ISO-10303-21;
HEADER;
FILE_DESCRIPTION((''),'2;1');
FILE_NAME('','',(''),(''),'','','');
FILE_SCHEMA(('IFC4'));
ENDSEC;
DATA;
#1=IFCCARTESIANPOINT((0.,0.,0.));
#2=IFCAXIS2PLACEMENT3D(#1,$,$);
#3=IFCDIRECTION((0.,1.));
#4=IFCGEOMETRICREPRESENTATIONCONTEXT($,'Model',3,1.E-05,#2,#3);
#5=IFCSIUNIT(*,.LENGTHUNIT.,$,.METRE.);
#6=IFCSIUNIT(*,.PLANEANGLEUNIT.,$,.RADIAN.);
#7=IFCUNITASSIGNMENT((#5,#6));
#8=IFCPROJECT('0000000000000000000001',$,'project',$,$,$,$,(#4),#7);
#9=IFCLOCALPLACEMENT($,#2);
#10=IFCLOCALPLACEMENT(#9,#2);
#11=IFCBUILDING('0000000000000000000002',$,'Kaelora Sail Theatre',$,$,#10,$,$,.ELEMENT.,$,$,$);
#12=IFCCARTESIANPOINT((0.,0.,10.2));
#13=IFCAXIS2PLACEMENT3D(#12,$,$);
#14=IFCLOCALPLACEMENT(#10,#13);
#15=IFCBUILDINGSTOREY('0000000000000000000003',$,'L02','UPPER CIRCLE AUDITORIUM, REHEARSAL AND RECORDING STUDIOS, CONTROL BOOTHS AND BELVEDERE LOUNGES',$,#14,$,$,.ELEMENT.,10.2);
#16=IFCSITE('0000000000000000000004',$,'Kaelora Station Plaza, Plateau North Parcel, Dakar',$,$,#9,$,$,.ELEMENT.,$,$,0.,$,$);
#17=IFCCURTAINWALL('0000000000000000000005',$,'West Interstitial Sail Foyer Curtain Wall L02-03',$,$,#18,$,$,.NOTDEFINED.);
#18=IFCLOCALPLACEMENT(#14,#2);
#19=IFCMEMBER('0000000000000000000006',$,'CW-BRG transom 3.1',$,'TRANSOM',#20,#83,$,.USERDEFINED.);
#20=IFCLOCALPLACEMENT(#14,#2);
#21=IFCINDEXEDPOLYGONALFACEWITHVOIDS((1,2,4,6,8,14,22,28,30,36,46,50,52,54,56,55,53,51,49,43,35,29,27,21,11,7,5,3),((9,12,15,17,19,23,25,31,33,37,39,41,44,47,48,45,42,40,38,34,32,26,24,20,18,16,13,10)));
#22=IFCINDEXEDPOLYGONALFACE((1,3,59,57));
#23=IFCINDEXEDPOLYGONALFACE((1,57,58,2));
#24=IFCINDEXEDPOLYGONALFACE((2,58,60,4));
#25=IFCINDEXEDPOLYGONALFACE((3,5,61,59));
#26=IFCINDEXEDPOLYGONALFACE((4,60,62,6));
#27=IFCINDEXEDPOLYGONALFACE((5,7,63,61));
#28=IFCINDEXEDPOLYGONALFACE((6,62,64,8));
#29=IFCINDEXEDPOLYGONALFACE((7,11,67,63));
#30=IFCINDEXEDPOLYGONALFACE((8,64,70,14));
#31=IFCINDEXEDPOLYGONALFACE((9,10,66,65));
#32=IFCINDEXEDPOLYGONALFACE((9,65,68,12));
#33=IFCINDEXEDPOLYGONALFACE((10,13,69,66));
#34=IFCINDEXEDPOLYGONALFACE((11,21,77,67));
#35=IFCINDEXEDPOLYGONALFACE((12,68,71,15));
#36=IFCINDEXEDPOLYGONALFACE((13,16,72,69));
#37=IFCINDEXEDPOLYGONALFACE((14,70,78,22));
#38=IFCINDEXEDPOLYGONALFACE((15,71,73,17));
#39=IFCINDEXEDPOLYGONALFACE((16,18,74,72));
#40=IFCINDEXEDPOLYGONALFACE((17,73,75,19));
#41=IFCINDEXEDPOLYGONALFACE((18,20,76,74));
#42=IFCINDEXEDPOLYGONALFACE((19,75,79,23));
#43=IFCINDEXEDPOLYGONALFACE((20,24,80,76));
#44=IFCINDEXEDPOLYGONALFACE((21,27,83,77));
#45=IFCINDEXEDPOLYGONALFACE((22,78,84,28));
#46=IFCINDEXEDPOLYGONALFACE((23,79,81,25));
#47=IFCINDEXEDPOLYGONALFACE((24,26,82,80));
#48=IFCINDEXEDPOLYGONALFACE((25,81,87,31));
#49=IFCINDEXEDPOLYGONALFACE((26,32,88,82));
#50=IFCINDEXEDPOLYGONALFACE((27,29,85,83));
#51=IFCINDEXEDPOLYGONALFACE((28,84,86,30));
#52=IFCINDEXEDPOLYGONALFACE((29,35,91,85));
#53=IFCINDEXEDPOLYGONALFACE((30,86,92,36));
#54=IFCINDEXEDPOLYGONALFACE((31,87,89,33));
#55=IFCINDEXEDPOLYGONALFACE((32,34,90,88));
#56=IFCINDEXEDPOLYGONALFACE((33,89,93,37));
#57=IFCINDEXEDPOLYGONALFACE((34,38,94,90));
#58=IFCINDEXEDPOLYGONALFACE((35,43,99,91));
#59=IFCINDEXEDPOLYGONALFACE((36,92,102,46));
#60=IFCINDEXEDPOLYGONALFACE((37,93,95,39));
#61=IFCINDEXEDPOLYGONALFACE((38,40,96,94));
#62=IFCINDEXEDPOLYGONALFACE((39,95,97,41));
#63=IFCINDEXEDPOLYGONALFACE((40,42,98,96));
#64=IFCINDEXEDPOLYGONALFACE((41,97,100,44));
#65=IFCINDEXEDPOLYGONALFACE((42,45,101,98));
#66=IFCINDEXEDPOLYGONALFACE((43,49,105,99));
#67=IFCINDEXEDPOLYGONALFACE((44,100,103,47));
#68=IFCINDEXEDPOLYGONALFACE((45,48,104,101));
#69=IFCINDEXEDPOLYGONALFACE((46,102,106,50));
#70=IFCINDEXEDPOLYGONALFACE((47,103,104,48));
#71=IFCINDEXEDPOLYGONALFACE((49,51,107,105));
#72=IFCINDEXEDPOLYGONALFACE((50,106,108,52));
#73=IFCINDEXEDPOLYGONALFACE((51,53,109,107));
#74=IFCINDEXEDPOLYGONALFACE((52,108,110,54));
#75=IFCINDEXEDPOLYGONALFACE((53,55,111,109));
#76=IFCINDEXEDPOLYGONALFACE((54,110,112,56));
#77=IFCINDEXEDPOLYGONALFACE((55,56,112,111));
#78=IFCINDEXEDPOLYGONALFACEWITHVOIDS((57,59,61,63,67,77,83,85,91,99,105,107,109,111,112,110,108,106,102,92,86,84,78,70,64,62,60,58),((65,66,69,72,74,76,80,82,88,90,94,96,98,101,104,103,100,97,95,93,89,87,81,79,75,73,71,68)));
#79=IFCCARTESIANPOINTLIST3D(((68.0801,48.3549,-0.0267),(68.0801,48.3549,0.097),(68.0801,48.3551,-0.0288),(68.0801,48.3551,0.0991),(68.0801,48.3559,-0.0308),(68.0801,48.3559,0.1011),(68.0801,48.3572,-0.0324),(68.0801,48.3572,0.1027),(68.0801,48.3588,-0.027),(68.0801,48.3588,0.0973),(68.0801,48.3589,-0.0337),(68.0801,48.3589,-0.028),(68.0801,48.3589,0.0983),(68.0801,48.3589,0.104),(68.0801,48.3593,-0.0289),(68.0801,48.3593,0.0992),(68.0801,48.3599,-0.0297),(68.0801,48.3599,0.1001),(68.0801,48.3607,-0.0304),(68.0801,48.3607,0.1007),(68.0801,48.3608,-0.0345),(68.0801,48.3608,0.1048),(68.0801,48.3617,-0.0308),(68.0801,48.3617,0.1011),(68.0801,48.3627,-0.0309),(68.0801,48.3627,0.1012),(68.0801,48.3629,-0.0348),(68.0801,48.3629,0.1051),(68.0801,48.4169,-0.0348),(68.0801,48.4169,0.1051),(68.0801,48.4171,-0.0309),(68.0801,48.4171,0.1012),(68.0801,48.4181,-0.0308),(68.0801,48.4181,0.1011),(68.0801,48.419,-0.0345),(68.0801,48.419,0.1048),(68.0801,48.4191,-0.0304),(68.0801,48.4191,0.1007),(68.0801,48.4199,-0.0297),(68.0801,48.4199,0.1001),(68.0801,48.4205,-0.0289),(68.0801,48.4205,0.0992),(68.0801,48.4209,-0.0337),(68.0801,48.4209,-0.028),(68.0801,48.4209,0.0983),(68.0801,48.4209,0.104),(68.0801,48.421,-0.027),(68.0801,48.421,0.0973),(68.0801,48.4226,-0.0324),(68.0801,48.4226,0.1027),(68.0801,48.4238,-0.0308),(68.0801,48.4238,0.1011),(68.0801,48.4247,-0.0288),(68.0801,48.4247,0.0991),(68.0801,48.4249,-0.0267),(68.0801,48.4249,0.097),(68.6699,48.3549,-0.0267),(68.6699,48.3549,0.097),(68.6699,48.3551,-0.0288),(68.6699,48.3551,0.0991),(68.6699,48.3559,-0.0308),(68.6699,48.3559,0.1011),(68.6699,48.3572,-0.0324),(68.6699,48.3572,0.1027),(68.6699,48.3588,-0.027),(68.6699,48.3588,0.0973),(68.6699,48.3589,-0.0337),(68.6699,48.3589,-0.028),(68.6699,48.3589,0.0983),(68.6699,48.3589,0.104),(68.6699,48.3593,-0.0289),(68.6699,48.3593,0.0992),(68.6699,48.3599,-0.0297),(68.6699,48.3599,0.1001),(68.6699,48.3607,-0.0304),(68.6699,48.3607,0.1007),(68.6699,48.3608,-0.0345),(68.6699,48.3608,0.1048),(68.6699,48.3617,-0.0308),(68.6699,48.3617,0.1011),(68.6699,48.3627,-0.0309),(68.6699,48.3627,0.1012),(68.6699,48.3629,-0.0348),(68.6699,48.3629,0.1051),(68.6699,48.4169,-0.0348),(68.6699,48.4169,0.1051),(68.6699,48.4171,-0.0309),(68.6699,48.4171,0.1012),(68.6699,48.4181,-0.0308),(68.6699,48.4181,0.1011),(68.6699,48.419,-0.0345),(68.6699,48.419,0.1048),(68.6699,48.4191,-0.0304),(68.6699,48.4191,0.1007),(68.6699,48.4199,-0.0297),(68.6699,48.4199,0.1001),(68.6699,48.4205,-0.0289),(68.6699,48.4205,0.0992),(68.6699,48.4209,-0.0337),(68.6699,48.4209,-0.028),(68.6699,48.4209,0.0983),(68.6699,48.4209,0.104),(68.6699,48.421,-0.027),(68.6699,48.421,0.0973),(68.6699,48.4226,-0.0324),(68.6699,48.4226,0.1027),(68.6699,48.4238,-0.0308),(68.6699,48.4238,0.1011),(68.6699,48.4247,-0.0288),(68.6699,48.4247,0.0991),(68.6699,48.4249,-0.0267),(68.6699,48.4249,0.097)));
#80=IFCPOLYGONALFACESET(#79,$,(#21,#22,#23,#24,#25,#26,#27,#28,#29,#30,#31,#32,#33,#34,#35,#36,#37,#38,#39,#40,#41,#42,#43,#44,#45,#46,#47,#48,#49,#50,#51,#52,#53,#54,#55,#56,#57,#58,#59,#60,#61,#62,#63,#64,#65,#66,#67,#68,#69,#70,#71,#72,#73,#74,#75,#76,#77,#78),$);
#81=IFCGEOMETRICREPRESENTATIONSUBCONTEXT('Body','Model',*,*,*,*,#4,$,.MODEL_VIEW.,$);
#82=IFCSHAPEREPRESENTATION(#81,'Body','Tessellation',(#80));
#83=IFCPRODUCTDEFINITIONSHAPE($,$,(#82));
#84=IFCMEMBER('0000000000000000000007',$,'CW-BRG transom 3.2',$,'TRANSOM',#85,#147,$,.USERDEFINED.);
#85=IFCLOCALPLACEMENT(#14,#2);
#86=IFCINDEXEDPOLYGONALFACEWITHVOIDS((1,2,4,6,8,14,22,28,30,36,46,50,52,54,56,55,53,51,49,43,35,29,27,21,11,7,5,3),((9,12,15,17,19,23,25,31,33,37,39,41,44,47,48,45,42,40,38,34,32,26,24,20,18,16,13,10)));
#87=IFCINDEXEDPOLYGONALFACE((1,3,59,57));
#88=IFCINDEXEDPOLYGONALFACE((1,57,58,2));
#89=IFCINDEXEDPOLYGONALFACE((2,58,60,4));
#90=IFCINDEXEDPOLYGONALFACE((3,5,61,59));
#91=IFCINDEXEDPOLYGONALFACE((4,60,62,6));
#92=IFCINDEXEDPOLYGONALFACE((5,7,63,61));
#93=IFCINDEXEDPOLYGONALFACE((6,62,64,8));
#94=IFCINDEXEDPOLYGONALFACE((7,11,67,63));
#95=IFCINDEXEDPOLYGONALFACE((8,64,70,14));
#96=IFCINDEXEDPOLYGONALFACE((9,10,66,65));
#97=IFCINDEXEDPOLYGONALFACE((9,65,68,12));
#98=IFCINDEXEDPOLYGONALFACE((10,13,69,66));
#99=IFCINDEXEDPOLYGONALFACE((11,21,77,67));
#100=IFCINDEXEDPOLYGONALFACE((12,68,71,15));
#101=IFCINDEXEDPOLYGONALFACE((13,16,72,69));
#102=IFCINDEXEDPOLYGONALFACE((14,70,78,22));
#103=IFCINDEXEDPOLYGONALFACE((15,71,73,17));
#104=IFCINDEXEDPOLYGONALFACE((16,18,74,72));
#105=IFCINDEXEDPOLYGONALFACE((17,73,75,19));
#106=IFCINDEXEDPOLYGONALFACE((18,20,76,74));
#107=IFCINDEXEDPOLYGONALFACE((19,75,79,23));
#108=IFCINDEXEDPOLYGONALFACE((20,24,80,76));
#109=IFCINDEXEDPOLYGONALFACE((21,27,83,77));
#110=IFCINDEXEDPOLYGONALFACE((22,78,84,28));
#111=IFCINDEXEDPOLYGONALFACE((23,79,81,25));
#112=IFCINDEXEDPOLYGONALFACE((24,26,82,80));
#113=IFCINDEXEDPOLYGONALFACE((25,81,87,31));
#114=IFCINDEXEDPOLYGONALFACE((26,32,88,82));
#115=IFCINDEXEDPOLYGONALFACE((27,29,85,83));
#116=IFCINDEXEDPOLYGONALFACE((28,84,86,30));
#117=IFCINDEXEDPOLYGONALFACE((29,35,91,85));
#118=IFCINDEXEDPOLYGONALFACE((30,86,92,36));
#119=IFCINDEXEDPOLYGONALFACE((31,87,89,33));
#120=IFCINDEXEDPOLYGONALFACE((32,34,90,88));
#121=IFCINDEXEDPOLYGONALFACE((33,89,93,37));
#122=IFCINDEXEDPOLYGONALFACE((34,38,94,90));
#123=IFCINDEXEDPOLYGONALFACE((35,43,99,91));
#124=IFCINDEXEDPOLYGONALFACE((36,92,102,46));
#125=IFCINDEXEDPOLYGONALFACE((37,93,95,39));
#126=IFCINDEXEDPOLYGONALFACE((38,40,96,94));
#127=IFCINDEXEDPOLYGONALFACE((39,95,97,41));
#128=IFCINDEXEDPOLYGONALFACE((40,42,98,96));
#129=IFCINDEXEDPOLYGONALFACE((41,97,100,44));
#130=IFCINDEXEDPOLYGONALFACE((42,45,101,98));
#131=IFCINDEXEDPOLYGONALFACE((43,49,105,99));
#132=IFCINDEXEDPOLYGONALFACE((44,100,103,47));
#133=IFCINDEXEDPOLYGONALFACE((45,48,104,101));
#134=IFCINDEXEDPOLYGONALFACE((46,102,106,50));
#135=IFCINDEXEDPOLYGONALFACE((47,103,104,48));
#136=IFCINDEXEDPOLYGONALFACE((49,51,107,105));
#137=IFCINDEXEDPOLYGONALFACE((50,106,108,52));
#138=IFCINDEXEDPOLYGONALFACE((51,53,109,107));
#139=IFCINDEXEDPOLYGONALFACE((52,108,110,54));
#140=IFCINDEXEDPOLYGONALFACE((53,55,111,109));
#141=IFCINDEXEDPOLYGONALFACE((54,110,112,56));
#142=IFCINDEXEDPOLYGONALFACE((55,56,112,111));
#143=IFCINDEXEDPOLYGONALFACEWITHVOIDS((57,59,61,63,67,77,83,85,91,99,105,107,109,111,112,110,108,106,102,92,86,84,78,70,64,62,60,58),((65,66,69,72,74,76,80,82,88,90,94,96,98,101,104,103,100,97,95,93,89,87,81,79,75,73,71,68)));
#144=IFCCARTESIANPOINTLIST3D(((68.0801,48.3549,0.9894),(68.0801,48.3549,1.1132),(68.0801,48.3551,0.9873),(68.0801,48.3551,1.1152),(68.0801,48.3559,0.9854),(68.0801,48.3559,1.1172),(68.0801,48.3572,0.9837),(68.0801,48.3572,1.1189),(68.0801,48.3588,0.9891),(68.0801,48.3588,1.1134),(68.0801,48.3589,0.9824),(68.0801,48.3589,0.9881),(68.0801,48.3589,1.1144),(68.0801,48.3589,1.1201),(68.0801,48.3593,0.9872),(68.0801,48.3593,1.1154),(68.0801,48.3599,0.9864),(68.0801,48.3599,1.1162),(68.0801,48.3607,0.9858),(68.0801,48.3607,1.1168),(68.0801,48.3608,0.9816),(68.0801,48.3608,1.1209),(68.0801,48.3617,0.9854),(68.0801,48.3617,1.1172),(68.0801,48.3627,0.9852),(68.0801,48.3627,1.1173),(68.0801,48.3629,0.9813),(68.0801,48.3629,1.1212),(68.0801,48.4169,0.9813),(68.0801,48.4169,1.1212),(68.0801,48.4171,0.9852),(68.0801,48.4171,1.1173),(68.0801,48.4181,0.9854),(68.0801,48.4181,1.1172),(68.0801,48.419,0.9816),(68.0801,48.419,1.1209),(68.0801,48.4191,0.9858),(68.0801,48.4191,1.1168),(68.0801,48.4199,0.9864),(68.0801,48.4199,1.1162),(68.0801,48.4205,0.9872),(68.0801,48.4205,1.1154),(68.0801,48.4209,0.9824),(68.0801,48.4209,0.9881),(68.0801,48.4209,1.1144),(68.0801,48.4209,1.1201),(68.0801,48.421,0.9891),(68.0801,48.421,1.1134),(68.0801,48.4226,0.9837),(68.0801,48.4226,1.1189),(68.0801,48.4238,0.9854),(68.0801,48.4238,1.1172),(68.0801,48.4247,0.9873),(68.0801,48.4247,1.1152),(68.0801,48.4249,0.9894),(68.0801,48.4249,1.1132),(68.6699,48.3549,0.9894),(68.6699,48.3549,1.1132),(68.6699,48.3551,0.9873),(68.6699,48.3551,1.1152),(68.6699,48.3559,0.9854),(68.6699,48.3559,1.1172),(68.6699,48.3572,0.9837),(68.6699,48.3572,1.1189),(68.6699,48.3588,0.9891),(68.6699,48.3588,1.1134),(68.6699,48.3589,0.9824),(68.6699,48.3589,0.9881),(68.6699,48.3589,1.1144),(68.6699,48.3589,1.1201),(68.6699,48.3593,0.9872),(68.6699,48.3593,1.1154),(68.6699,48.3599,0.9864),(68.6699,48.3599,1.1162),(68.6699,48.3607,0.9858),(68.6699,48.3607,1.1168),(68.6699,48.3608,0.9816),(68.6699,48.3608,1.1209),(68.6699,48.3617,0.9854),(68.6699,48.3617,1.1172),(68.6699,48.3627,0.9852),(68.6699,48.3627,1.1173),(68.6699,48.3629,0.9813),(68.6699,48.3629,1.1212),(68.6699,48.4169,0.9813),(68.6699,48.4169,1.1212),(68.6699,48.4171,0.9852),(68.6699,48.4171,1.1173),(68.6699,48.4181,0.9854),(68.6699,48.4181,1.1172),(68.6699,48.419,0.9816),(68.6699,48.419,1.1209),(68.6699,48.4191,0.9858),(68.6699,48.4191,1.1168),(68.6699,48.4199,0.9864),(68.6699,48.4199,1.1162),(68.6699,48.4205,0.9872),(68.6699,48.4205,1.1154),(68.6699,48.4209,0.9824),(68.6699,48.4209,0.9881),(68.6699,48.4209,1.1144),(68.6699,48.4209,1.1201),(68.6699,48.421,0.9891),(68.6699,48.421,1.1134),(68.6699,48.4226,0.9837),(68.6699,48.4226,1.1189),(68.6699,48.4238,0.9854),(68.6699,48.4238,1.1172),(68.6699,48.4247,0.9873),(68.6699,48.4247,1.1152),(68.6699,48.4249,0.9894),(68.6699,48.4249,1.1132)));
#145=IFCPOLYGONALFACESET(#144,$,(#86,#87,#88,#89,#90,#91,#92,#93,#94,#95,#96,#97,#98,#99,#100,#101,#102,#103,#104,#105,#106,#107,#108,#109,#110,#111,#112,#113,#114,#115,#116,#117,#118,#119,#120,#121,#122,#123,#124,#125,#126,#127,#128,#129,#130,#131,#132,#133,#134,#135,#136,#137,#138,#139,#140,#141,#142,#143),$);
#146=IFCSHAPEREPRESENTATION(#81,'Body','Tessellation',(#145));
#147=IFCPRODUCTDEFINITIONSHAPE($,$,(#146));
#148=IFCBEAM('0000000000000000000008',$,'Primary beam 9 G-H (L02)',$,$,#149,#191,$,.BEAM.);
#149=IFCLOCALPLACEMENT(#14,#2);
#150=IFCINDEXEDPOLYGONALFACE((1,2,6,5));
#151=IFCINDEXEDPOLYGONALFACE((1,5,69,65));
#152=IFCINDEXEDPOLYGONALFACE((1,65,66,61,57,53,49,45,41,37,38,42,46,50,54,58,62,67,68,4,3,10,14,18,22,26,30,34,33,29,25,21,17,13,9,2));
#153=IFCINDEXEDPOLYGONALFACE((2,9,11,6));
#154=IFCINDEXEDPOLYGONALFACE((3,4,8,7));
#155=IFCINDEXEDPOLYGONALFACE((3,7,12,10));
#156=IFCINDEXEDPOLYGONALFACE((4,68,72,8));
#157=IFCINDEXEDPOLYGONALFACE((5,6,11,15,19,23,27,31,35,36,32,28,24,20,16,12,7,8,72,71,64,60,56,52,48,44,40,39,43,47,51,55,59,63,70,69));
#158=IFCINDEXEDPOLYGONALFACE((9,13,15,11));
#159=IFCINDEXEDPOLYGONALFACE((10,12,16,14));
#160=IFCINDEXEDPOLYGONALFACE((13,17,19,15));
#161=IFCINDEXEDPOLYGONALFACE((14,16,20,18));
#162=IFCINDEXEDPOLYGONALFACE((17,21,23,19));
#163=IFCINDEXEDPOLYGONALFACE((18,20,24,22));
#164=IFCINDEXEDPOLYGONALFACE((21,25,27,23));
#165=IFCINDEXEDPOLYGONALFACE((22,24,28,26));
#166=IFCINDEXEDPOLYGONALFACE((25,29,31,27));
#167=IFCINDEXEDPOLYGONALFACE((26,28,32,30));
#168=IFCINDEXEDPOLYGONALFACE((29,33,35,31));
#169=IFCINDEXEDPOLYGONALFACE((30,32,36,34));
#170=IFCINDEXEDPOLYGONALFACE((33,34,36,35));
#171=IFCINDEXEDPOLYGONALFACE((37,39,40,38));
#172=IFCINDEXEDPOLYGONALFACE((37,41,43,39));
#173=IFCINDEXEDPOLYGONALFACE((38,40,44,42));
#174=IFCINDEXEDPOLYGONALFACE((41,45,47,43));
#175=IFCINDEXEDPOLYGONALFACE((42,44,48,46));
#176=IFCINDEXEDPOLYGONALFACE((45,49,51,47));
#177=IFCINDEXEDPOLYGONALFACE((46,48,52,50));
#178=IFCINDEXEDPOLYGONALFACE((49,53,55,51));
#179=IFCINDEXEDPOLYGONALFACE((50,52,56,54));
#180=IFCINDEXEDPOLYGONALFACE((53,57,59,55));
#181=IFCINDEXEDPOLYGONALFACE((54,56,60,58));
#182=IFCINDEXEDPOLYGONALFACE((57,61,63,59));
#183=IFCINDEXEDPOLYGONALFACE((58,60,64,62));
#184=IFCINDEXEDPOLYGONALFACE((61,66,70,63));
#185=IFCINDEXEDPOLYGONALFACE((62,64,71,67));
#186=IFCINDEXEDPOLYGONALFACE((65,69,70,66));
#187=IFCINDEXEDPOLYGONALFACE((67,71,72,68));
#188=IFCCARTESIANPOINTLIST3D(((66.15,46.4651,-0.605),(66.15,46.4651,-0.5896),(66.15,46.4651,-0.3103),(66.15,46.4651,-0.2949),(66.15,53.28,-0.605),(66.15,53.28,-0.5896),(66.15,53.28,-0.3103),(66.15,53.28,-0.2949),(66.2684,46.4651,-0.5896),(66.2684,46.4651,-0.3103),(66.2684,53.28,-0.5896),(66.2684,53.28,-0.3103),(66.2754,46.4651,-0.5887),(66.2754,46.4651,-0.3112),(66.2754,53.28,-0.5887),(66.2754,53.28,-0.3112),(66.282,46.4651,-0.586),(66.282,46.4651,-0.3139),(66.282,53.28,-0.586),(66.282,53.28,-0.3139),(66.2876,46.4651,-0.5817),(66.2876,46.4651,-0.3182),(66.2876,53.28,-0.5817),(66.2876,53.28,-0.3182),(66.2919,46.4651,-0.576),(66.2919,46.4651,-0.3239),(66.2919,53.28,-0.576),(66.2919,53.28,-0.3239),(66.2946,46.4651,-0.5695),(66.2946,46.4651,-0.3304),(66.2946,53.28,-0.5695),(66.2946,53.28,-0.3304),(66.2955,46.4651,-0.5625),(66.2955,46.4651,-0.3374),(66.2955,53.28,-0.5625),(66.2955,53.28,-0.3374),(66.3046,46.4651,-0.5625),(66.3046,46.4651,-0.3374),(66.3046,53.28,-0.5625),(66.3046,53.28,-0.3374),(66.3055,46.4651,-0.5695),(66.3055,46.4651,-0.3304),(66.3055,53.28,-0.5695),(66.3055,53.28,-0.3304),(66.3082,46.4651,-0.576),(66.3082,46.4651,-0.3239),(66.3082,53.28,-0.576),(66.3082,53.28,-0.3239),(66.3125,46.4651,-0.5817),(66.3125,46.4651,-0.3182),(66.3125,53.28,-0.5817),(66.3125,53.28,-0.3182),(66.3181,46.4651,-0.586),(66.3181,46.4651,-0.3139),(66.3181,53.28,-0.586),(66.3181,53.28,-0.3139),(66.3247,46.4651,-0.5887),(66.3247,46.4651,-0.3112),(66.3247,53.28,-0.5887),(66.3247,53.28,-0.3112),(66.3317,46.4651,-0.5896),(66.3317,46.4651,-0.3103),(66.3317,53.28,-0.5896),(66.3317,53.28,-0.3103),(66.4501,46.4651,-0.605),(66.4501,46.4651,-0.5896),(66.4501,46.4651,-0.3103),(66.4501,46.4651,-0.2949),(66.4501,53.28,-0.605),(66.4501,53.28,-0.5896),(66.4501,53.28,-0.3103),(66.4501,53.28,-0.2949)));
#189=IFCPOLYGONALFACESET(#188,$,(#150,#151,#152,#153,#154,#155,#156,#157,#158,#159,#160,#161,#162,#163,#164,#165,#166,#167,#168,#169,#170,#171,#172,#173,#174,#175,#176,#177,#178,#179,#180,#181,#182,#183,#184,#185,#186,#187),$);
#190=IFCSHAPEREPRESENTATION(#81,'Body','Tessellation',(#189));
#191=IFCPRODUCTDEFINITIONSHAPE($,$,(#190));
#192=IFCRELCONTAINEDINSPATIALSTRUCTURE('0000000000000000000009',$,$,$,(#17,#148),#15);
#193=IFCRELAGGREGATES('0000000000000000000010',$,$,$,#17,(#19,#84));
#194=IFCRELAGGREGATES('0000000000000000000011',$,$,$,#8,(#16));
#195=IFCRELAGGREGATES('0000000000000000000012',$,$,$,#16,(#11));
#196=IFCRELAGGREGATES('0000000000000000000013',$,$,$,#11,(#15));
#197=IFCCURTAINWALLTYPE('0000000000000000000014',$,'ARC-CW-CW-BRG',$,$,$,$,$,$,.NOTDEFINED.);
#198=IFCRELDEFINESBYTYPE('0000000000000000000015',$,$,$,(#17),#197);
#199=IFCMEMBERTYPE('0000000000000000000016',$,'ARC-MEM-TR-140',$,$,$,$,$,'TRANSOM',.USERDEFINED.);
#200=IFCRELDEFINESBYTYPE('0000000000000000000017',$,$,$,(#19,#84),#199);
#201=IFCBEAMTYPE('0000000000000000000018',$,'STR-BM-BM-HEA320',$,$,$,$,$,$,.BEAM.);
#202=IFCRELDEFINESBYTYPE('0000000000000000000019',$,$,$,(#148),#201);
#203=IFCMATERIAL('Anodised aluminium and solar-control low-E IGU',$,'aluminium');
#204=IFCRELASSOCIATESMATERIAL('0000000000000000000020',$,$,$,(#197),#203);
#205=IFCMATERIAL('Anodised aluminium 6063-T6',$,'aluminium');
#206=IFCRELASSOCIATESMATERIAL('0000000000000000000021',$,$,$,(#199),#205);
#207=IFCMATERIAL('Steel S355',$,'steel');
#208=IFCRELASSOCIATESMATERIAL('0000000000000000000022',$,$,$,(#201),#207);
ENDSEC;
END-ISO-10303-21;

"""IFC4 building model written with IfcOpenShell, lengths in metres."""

from ifc_helpers import new_model, si_unit, direction, frame, origin, origin_2d, place, context, subcontext, project, spatial, hollow_rectangle, i_section, extrude, material, material_profile, profile_set, type_object, element, aggregate, save


model = new_model("IFC4")

# Units and contexts
model_context = context("Model", 3, precision=1e-05, world=origin(), true_north=direction((0.0, 1.0)))
body_context = subcontext(model_context, "Body", "Model", "MODEL_VIEW")
ifc_project = project(units=[si_unit("LENGTHUNIT", "METRE"), si_unit("PLANEANGLEUNIT", "RADIAN")], contexts=[model_context])

# Site, building, storey
site_placement = place(None, origin())
site = spatial("IfcSite", under=ifc_project, at=site_placement, Name="Kaelora Station Plaza, Plateau North Parcel, Dakar", CompositionType="ELEMENT", RefElevation=0.0)
building_placement = place(site_placement, origin())
building = spatial("IfcBuilding", under=site, at=building_placement, Name="Kaelora Sail Theatre", CompositionType="ELEMENT")
storey_placement = place(building_placement, frame((0.0, 0.0, 10.2)))
storey = spatial("IfcBuildingStorey", under=building, at=storey_placement, Name="L02", Description="UPPER CIRCLE AUDITORIUM, REHEARSAL AND RECORDING STUDIOS, CONTROL BOOTHS AND BELVEDERE LOUNGES", CompositionType="ELEMENT", Elevation=10.2)

# Shared definitions
ifc_material_1 = material(Name="Anodised aluminium and solar-control low-E IGU", Category="aluminium")
curtain_wall_type = type_object("IfcCurtainWallType", Name="ARC-CW-CW-BRG", PredefinedType="NOTDEFINED", material=ifc_material_1)

# Curtain wall, members
curtain_wall_1_placement = place(storey_placement, origin())
curtain_wall_1 = element("IfcCurtainWall", 1, at=curtain_wall_1_placement, inside=storey, type_object=curtain_wall_type, Name="West Interstitial Sail Foyer Curtain Wall L02-03", PredefinedType="NOTDEFINED")
ifc_material_2 = material(Name="Anodised aluminium 6063-T6", Category="aluminium")
ifc_material_profile_1 = material_profile(ifc_material_2, hollow_rectangle(XDim=0.0701, YDim=0.1399, WallThickness=0.0039, InnerFilletRadius=0.0039, OuterFilletRadius=0.0081, at=origin_2d()), Name="ALU-TRAN 70x140x4")
ifc_profile_set_1 = profile_set([ifc_material_profile_1], Name="Anodised aluminium 6063-T6")
member_type_1 = type_object("IfcMemberType", Name="ARC-MEM-TR-140", ElementType="TRANSOM", PredefinedType="USERDEFINED", material=ifc_profile_set_1)
member_1_placement = place(storey_placement, frame((68.0801, 48.3899, 0.0352), z_axis=(1.0, 0.0, 0.0), x_axis=(0.0, 1.0, 0.0)))
member_1 = element("IfcMember", 2, at=member_1_placement, type_object=member_type_1, Name="CW-BRG transom 3.1", ObjectType="TRANSOM", PredefinedType="USERDEFINED", context=body_context, shape_type="SweptSolid", body=[
    extrude(hollow_rectangle(XDim=0.0701, YDim=0.1399, WallThickness=0.0039, InnerFilletRadius=0.0039, OuterFilletRadius=0.0081, at=origin_2d()), origin(), (0.0, 0.0, 1.0), 0.5898),
])
member_2_placement = place(storey_placement, frame((68.0801, 48.3899, 1.0513), z_axis=(1.0, 0.0, 0.0), x_axis=(0.0, 1.0, 0.0)))
member_2 = element("IfcMember", 3, at=member_2_placement, type_object=member_type_1, Name="CW-BRG transom 3.2", ObjectType="TRANSOM", PredefinedType="USERDEFINED", context=body_context, shape_type="SweptSolid", body=[
    extrude(hollow_rectangle(XDim=0.0701, YDim=0.1399, WallThickness=0.0039, InnerFilletRadius=0.0039, OuterFilletRadius=0.0081, at=origin_2d()), origin(), (0.0, 0.0, 1.0), 0.5898),
])

# Beam
ifc_material_3 = material(Name="Steel S355", Category="steel")
ifc_material_profile_2 = material_profile(ifc_material_3, i_section(OverallWidth=0.3, OverallDepth=0.3101, WebThickness=0.009, FlangeThickness=0.0154, FilletRadius=0.0271, at=origin_2d()), Name="HEA 320")
ifc_profile_set_2 = profile_set([ifc_material_profile_2], Name="Steel S355")
beam_type_1 = type_object("IfcBeamType", Name="STR-BM-BM-HEA320", PredefinedType="BEAM", material=ifc_profile_set_2)
beam_1_placement = place(storey_placement, frame((66.3, 46.4651, -0.45), z_axis=(0.0, 1.0, 0.0), x_axis=(-1.0, 0.0, 0.0)))
element("IfcBeam", 4, at=beam_1_placement, inside=storey, type_object=beam_type_1, Name="Primary beam 9 G-H (L02)", PredefinedType="BEAM", context=body_context, shape_type="SweptSolid", body=[
    extrude(i_section(OverallWidth=0.3, OverallDepth=0.3101, WebThickness=0.009, FlangeThickness=0.0154, FilletRadius=0.0271, at=origin_2d()), origin(), (0.0, 0.0, 1.0), 6.8149),
])

aggregate(curtain_wall_1, [member_1, member_2])

save(model, "model.ifc")
